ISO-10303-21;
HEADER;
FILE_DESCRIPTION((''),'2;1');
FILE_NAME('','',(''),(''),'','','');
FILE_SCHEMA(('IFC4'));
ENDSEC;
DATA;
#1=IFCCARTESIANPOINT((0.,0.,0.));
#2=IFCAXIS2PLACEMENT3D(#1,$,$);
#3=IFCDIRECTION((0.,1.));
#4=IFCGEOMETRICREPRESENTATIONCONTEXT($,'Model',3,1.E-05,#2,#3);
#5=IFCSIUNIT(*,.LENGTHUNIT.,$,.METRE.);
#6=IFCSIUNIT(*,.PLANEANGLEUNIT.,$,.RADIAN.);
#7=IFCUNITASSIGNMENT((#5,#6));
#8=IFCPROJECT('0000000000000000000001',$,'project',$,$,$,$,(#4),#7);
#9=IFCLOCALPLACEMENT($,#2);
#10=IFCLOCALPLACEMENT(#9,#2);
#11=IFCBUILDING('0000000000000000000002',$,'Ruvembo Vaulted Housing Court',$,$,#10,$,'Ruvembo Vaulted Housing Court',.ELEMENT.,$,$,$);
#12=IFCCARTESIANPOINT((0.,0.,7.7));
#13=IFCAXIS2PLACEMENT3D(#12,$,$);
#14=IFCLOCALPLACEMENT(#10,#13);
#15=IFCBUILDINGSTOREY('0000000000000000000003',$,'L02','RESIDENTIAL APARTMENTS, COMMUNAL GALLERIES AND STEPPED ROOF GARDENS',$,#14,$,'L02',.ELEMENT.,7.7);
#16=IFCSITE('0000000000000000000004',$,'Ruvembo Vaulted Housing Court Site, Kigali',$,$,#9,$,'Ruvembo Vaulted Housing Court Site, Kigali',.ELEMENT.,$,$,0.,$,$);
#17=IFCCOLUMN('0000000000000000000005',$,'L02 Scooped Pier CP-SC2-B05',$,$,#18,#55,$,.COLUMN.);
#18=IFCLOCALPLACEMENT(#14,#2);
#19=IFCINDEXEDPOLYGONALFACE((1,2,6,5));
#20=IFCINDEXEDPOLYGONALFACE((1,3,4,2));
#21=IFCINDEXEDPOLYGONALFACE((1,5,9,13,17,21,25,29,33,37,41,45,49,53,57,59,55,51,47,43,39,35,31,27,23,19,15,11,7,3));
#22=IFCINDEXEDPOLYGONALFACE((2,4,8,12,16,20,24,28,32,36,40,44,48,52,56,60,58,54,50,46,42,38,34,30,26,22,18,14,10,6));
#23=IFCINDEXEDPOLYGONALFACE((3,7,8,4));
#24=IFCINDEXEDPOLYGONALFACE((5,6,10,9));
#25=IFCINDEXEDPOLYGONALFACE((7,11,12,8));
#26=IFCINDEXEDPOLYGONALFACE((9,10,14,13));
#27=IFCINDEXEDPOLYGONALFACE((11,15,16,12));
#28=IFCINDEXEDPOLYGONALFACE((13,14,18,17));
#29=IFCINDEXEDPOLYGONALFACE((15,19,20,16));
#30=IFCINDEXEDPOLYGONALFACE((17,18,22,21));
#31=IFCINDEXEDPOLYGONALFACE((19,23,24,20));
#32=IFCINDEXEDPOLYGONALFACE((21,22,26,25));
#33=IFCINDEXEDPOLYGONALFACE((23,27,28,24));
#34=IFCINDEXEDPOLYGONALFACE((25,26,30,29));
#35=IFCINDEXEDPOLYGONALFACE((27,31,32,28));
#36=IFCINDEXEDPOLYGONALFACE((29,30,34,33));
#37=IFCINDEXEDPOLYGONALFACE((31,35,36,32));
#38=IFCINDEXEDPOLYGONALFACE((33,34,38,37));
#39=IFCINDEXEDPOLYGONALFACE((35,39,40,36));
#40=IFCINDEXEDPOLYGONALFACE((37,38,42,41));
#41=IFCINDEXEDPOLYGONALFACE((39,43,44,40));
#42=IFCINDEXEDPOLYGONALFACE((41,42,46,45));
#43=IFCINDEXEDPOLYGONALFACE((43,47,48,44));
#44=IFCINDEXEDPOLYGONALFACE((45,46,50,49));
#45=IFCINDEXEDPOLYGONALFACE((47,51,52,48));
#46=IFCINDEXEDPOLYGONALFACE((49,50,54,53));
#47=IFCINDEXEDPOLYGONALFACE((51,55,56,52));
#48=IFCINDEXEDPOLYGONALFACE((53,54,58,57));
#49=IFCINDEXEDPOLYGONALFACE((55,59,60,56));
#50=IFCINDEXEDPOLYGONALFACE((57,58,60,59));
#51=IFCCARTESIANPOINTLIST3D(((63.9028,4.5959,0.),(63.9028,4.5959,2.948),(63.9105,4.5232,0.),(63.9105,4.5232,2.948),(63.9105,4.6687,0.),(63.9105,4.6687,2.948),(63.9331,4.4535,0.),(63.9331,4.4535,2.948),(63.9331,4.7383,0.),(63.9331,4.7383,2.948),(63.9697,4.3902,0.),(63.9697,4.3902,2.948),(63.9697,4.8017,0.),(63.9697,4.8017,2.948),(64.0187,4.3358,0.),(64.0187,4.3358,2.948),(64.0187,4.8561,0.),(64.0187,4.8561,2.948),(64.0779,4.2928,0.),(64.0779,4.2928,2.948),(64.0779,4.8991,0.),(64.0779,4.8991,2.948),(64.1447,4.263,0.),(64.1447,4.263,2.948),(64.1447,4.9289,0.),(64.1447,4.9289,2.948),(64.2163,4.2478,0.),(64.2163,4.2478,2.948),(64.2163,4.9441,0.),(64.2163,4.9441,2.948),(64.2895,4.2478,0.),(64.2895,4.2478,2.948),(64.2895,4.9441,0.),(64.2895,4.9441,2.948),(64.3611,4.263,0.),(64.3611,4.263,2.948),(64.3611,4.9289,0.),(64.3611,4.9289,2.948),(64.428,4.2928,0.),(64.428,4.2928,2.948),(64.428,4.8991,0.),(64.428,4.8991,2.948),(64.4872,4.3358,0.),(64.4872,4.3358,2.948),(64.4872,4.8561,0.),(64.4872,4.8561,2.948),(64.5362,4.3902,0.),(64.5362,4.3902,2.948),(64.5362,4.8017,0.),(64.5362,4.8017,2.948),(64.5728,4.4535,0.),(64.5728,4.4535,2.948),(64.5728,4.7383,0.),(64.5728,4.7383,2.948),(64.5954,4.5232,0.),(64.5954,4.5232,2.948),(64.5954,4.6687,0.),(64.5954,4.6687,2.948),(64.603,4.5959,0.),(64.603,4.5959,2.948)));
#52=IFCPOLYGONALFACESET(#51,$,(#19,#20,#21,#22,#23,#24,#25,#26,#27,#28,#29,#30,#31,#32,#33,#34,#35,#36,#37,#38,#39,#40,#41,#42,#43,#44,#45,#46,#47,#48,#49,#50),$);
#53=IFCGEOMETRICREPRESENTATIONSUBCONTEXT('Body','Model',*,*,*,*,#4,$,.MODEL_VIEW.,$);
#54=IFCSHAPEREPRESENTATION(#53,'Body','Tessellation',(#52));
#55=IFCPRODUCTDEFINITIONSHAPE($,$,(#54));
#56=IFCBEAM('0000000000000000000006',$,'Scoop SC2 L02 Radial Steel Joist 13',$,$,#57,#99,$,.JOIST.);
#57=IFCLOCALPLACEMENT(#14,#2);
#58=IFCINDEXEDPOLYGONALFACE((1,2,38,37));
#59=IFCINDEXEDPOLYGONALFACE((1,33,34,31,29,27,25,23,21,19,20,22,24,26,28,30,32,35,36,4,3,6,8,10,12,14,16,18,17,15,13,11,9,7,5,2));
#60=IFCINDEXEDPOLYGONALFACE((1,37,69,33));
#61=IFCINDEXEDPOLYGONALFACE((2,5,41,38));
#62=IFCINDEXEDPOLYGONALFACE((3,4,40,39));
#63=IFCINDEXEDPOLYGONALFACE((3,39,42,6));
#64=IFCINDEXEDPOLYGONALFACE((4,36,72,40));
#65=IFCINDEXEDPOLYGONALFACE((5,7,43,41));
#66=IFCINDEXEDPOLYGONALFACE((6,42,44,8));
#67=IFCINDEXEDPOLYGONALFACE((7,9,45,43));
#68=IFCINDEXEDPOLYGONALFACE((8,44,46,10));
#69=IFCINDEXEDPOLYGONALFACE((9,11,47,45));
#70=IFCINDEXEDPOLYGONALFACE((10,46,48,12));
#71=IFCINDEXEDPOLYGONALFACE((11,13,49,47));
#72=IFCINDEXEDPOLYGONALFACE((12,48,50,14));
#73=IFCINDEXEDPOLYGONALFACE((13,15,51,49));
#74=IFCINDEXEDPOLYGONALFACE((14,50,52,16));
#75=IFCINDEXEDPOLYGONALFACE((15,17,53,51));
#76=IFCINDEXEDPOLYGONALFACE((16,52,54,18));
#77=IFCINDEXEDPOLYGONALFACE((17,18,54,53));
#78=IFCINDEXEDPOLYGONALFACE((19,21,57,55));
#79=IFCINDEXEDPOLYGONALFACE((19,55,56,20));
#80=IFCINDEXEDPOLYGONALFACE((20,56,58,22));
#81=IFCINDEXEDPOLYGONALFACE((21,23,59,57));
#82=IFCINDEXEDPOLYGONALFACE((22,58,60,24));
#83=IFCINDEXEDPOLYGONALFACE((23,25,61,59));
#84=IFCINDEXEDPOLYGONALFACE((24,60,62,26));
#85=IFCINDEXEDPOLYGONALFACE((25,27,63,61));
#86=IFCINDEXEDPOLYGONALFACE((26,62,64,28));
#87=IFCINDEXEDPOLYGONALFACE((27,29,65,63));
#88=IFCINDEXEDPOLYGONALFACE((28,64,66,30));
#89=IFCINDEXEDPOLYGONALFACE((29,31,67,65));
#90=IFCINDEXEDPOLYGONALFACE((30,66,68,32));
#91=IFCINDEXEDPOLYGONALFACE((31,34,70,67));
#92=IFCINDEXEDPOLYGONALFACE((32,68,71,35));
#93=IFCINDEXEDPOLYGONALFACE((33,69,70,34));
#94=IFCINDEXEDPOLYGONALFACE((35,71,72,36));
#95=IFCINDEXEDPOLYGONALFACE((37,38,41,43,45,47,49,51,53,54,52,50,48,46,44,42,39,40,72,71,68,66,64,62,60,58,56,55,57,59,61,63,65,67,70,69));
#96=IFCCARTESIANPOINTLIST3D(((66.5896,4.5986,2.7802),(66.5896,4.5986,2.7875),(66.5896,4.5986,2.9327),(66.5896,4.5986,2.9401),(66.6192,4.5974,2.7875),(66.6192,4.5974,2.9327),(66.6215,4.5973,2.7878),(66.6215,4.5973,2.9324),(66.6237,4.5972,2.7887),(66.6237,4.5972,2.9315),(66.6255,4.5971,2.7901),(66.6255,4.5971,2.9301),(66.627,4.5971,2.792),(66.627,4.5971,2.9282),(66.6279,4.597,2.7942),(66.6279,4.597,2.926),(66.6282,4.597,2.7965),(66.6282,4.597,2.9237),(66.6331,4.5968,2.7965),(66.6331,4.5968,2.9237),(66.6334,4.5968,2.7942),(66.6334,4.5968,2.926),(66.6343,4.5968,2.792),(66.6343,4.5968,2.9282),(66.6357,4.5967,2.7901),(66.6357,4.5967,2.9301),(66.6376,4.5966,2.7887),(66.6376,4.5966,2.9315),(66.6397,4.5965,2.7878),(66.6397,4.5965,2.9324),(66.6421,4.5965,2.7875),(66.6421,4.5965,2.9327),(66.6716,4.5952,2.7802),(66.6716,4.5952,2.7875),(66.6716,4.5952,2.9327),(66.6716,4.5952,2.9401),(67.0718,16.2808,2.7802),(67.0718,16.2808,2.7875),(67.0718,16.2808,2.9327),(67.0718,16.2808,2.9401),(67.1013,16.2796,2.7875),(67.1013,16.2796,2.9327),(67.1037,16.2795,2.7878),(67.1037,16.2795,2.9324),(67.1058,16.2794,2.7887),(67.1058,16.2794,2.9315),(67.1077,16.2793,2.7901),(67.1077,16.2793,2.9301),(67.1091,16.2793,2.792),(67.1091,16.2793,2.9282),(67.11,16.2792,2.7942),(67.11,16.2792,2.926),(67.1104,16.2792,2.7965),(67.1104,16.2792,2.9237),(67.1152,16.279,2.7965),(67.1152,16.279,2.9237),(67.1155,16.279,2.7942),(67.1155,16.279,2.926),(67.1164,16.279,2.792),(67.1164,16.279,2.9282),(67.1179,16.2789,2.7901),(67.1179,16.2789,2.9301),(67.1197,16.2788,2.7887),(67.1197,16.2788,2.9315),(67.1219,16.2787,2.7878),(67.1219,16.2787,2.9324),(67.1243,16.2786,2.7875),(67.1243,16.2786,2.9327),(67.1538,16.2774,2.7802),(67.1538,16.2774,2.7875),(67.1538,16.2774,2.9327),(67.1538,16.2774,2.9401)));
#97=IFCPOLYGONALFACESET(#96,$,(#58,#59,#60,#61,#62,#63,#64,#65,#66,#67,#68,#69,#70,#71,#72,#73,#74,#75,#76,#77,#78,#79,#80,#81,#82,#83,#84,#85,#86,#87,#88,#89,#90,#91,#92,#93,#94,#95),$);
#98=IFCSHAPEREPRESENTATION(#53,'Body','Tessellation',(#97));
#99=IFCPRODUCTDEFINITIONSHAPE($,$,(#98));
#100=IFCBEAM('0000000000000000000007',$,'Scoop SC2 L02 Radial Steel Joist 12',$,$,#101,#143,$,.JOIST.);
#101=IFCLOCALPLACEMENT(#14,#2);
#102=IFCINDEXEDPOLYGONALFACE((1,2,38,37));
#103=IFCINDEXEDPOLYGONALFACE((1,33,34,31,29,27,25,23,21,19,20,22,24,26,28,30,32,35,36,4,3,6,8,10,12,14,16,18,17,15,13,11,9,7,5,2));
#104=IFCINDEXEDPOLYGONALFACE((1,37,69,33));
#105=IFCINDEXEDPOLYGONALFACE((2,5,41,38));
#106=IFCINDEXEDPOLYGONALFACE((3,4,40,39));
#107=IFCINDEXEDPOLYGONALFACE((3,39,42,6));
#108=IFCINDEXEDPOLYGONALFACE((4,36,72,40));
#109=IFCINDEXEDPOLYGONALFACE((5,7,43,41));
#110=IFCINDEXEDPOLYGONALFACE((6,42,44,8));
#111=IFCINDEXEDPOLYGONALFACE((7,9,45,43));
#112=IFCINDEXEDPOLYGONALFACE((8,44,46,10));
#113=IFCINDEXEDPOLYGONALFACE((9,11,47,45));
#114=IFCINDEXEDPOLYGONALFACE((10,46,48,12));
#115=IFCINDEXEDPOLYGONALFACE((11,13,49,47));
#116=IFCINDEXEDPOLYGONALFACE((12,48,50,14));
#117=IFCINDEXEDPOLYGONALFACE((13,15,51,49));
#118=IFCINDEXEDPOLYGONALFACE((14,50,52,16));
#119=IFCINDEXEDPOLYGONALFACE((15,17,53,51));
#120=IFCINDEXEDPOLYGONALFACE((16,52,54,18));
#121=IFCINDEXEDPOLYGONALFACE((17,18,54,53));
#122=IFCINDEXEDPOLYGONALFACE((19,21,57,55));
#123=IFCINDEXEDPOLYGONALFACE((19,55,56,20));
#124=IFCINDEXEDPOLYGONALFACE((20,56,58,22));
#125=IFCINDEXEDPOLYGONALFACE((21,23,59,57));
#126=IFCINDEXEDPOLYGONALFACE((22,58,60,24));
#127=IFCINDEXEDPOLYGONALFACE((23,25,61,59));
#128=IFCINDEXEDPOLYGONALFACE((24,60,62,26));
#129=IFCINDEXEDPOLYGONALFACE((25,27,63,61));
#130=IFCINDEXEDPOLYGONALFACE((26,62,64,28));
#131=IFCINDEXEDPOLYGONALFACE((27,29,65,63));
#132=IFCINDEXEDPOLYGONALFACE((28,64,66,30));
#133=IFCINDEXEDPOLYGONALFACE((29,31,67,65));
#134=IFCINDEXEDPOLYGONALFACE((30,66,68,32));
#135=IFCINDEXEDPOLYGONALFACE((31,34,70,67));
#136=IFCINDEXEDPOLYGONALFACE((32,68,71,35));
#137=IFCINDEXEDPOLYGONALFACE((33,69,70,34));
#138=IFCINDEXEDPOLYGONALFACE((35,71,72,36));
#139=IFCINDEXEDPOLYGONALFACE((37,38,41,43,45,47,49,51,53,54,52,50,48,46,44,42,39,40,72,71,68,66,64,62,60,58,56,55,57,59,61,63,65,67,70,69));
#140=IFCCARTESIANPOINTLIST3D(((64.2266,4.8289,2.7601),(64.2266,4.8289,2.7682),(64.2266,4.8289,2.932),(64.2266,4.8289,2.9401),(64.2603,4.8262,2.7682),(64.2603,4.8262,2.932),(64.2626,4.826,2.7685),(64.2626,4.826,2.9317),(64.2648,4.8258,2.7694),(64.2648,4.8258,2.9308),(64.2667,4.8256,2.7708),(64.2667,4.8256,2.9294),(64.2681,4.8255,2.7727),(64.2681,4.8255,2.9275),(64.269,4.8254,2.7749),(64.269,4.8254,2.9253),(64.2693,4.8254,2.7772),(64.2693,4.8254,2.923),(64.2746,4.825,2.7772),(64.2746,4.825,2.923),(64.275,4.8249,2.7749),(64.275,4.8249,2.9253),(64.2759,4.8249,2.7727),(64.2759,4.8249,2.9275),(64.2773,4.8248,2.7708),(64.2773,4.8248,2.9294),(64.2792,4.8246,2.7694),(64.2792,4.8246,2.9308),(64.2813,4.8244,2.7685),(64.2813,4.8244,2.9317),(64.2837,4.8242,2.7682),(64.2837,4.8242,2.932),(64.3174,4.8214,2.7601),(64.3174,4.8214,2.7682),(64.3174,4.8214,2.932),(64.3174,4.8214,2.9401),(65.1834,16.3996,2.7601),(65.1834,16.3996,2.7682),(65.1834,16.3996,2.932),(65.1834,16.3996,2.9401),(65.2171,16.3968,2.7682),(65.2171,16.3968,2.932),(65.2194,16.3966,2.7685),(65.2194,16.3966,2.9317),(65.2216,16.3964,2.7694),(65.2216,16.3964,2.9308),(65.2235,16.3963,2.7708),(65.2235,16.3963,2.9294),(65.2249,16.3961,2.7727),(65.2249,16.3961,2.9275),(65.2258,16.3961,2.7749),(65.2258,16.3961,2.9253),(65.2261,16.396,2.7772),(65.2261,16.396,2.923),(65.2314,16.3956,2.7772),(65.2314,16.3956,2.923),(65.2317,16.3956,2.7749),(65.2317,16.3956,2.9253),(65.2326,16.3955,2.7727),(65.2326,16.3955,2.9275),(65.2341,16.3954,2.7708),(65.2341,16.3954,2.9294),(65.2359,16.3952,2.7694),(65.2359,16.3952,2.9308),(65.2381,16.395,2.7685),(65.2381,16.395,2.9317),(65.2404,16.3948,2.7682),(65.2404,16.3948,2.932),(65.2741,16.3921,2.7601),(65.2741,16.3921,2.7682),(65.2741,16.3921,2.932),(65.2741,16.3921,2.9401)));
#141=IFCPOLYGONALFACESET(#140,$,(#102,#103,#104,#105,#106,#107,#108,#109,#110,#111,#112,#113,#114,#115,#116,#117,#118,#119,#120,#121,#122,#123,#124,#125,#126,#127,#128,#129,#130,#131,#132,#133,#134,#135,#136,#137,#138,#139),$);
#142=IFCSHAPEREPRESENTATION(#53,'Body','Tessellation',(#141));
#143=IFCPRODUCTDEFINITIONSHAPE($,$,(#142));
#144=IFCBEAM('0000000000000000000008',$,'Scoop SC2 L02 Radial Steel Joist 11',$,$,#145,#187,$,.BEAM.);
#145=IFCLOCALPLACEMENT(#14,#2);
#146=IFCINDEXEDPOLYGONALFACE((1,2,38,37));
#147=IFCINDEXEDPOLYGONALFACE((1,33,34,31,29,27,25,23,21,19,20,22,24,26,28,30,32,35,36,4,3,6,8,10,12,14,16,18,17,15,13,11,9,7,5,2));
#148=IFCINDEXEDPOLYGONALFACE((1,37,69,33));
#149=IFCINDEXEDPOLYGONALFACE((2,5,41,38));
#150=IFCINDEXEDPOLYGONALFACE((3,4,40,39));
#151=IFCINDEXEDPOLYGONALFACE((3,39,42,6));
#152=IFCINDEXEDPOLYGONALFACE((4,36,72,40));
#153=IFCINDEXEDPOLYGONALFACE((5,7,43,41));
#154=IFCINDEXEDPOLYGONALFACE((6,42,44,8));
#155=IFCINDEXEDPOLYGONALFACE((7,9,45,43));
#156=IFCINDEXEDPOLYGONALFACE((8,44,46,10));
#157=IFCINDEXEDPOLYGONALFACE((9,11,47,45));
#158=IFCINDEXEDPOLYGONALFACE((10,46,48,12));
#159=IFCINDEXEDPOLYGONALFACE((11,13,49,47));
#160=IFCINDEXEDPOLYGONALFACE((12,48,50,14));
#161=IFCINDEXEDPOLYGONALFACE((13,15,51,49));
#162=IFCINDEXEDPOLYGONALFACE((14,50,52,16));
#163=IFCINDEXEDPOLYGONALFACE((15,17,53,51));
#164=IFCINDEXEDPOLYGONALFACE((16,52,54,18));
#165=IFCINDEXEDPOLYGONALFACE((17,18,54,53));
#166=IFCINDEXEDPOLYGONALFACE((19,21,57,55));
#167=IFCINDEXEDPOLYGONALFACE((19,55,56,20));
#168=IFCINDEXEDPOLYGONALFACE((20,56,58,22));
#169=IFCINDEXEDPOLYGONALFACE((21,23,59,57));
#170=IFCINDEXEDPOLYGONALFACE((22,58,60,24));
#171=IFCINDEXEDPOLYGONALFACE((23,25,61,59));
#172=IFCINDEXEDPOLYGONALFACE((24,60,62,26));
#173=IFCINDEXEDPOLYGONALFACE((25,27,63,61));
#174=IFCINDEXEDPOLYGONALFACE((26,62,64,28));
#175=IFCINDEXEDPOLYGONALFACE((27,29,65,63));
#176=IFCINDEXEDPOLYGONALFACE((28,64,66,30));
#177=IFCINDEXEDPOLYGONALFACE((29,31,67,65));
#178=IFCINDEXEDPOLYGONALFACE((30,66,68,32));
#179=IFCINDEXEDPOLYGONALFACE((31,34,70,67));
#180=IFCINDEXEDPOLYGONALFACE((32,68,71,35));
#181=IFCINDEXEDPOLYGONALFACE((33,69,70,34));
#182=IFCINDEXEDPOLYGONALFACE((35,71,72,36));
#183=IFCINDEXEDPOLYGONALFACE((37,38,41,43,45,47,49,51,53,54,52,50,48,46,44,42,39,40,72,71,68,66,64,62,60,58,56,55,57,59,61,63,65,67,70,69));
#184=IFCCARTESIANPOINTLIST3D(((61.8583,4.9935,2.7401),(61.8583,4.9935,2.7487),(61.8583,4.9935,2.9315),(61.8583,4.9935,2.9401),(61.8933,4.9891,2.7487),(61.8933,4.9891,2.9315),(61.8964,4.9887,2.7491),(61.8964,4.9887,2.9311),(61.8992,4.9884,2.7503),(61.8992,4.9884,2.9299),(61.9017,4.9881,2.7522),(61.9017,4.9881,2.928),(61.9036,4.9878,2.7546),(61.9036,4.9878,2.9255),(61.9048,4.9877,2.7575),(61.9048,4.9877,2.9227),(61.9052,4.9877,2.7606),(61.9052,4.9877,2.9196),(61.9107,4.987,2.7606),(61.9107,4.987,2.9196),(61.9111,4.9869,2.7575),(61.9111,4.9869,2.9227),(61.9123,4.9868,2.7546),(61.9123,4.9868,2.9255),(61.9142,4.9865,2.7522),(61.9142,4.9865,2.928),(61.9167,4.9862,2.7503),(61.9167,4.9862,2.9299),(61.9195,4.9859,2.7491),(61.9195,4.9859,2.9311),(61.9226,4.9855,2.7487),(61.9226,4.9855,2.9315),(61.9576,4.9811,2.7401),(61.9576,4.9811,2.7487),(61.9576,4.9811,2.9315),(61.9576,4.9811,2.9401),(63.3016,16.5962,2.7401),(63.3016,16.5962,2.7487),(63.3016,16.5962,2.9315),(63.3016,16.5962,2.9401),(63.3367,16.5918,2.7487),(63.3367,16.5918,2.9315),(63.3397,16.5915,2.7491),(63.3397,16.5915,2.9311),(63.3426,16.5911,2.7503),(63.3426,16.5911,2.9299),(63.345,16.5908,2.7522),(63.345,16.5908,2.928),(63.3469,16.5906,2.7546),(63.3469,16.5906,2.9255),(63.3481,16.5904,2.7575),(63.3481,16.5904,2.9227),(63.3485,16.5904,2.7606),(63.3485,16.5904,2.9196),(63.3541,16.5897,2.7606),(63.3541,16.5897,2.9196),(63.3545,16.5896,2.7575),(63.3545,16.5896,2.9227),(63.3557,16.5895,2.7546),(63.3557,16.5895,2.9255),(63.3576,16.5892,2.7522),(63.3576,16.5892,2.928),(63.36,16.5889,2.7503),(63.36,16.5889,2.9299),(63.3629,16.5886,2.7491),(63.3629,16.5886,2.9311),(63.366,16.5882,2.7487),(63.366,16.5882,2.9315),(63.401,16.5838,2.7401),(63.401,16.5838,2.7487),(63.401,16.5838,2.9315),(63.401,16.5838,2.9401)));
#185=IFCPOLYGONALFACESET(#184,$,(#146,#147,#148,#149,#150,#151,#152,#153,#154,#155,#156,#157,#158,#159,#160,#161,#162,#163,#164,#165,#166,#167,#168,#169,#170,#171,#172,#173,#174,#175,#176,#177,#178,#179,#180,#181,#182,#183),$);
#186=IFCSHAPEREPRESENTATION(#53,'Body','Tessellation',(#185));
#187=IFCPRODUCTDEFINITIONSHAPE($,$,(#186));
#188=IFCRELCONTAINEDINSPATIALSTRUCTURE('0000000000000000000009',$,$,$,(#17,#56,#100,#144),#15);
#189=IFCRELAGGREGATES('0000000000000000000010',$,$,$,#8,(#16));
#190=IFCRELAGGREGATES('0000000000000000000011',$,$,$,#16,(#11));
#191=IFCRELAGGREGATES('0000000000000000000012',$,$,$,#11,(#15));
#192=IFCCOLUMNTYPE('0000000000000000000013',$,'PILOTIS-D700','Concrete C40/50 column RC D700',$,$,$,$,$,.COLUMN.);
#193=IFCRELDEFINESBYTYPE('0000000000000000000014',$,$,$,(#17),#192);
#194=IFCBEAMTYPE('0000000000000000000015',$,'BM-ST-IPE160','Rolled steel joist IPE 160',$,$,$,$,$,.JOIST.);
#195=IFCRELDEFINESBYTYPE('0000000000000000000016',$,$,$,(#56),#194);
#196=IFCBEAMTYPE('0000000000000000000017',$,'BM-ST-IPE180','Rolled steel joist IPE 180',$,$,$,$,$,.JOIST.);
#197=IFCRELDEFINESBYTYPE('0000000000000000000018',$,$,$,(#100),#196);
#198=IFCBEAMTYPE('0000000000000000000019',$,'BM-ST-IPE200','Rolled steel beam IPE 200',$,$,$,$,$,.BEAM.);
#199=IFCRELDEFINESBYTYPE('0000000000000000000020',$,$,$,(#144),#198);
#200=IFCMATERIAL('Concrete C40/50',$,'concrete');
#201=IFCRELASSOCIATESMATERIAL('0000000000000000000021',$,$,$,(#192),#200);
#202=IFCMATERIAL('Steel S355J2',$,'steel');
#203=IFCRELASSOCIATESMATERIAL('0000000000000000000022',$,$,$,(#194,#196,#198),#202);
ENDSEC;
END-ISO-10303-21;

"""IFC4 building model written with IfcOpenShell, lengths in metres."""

from ifc_helpers import new_model, si_unit, direction, frame, origin, origin_2d, place, context, subcontext, project, spatial, circle, i_section, extrude, material, material_profile, profile_set, type_object, element, save


model = new_model("IFC4")

# Units and contexts
model_context = context("Model", 3, precision=1e-05, world=origin(), true_north=direction((0.0, 1.0)))
body_context = subcontext(model_context, "Body", "Model", "MODEL_VIEW")
ifc_project = project(units=[si_unit("LENGTHUNIT", "METRE"), si_unit("PLANEANGLEUNIT", "RADIAN")], contexts=[model_context])

# Site, building, storey
site_placement = place(None, origin())
site = spatial("IfcSite", under=ifc_project, at=site_placement, Name="Ruvembo Vaulted Housing Court Site, Kigali", LongName="Ruvembo Vaulted Housing Court Site, Kigali", CompositionType="ELEMENT", RefElevation=0.0)
building_placement = place(site_placement, origin())
building = spatial("IfcBuilding", under=site, at=building_placement, Name="Ruvembo Vaulted Housing Court", LongName="Ruvembo Vaulted Housing Court", CompositionType="ELEMENT")
storey_placement = place(building_placement, frame((0.0, 0.0, 7.7)))
storey = spatial("IfcBuildingStorey", under=building, at=storey_placement, Name="L02", Description="RESIDENTIAL APARTMENTS, COMMUNAL GALLERIES AND STEPPED ROOF GARDENS", LongName="L02", CompositionType="ELEMENT", Elevation=7.7)

# Column
ifc_material_1 = material(Name="Concrete C40/50", Category="concrete")
ifc_material_profile_1 = material_profile(ifc_material_1, circle(Radius=0.3501, at=origin_2d()), Name="RC D700")
ifc_profile_set_1 = profile_set([ifc_material_profile_1], Name="Concrete C40/50")
column_type = type_object("IfcColumnType", Name="PILOTIS-D700", Description="Concrete C40/50 column RC D700", PredefinedType="COLUMN", material=ifc_profile_set_1)
column_placement = place(storey_placement, frame((64.2529, 4.5959, 0.0), z_axis=(0.0, 0.0, 1.0), x_axis=(1.0, 0.0, 0.0)))
element("IfcColumn", 1, at=column_placement, inside=storey, type_object=column_type, Name="L02 Scooped Pier CP-SC2-B05", PredefinedType="COLUMN", context=body_context, shape_type="SweptSolid", body=[
    extrude(circle(Radius=0.3501, at=origin_2d()), origin(), (0.0, 0.0, 1.0), 2.948),
])

# Beams
ifc_material_2 = material(Name="Steel S355J2", Category="steel")
ifc_material_profile_2 = material_profile(ifc_material_2, i_section(OverallWidth=0.082, OverallDepth=0.1599, WebThickness=0.0049, FlangeThickness=0.0073, FilletRadius=0.009, at=origin_2d()), Name="IPE 160")
ifc_profile_set_2 = profile_set([ifc_material_profile_2], Name="Steel S355J2")
beam_type_1 = type_object("IfcBeamType", Name="BM-ST-IPE160", Description="Rolled steel joist IPE 160", PredefinedType="JOIST", material=ifc_profile_set_2)
beam_1_placement = place(storey_placement, frame((66.6306, 4.5969, 2.8601), z_axis=(0.04124, 0.999149, 0.0), x_axis=(-0.999149, 0.04124, 0.0)))
element("IfcBeam", 2, at=beam_1_placement, inside=storey, type_object=beam_type_1, Name="Scoop SC2 L02 Radial Steel Joist 13", PredefinedType="JOIST", context=body_context, shape_type="SweptSolid", body=[
    extrude(i_section(OverallWidth=0.082, OverallDepth=0.1599, WebThickness=0.0049, FlangeThickness=0.0073, FilletRadius=0.009, at=origin_2d()), origin(), (0.0, 0.0, 1.0), 11.6921),
])
ifc_material_profile_3 = material_profile(ifc_material_2, i_section(OverallWidth=0.0911, OverallDepth=0.1799, WebThickness=0.0054, FlangeThickness=0.0081, FilletRadius=0.009, at=origin_2d()), Name="IPE 180")
ifc_profile_set_3 = profile_set([ifc_material_profile_3], Name="Steel S355J2")
beam_type_2 = type_object("IfcBeamType", Name="BM-ST-IPE180", Description="Rolled steel joist IPE 180", PredefinedType="JOIST", material=ifc_profile_set_3)
beam_2_placement = place(storey_placement, frame((64.272, 4.8252, 2.8501), z_axis=(0.08241, 0.996598, 0.0), x_axis=(-0.996598, 0.08241, 0.0)))
element("IfcBeam", 3, at=beam_2_placement, inside=storey, type_object=beam_type_2, Name="Scoop SC2 L02 Radial Steel Joist 12", PredefinedType="JOIST", context=body_context, shape_type="SweptSolid", body=[
    extrude(i_section(OverallWidth=0.0911, OverallDepth=0.1799, WebThickness=0.0054, FlangeThickness=0.0081, FilletRadius=0.009, at=origin_2d()), origin(), (0.0, 0.0, 1.0), 11.6101),
])
ifc_material_profile_4 = material_profile(ifc_material_2, i_section(OverallWidth=0.1001, OverallDepth=0.2, WebThickness=0.0056, FlangeThickness=0.0085, FilletRadius=0.012, at=origin_2d()), Name="IPE 200")
ifc_profile_set_4 = profile_set([ifc_material_profile_4], Name="Steel S355J2")
beam_type_3 = type_object("IfcBeamType", Name="BM-ST-IPE200", Description="Rolled steel beam IPE 200", PredefinedType="BEAM", material=ifc_profile_set_4)
beam_3_placement = place(storey_placement, frame((61.908, 4.9873, 2.8401), z_axis=(0.123446, 0.992351, 0.0), x_axis=(-0.992351, 0.123446, 0.0)))
element("IfcBeam", 4, at=beam_3_placement, inside=storey, type_object=beam_type_3, Name="Scoop SC2 L02 Radial Steel Joist 11", PredefinedType="BEAM", context=body_context, shape_type="SweptSolid", body=[
    extrude(i_section(OverallWidth=0.1001, OverallDepth=0.2, WebThickness=0.0056, FlangeThickness=0.0085, FilletRadius=0.012, at=origin_2d()), origin(), (0.0, 0.0, 1.0), 11.6921),
])

save(model, "model.ifc")
